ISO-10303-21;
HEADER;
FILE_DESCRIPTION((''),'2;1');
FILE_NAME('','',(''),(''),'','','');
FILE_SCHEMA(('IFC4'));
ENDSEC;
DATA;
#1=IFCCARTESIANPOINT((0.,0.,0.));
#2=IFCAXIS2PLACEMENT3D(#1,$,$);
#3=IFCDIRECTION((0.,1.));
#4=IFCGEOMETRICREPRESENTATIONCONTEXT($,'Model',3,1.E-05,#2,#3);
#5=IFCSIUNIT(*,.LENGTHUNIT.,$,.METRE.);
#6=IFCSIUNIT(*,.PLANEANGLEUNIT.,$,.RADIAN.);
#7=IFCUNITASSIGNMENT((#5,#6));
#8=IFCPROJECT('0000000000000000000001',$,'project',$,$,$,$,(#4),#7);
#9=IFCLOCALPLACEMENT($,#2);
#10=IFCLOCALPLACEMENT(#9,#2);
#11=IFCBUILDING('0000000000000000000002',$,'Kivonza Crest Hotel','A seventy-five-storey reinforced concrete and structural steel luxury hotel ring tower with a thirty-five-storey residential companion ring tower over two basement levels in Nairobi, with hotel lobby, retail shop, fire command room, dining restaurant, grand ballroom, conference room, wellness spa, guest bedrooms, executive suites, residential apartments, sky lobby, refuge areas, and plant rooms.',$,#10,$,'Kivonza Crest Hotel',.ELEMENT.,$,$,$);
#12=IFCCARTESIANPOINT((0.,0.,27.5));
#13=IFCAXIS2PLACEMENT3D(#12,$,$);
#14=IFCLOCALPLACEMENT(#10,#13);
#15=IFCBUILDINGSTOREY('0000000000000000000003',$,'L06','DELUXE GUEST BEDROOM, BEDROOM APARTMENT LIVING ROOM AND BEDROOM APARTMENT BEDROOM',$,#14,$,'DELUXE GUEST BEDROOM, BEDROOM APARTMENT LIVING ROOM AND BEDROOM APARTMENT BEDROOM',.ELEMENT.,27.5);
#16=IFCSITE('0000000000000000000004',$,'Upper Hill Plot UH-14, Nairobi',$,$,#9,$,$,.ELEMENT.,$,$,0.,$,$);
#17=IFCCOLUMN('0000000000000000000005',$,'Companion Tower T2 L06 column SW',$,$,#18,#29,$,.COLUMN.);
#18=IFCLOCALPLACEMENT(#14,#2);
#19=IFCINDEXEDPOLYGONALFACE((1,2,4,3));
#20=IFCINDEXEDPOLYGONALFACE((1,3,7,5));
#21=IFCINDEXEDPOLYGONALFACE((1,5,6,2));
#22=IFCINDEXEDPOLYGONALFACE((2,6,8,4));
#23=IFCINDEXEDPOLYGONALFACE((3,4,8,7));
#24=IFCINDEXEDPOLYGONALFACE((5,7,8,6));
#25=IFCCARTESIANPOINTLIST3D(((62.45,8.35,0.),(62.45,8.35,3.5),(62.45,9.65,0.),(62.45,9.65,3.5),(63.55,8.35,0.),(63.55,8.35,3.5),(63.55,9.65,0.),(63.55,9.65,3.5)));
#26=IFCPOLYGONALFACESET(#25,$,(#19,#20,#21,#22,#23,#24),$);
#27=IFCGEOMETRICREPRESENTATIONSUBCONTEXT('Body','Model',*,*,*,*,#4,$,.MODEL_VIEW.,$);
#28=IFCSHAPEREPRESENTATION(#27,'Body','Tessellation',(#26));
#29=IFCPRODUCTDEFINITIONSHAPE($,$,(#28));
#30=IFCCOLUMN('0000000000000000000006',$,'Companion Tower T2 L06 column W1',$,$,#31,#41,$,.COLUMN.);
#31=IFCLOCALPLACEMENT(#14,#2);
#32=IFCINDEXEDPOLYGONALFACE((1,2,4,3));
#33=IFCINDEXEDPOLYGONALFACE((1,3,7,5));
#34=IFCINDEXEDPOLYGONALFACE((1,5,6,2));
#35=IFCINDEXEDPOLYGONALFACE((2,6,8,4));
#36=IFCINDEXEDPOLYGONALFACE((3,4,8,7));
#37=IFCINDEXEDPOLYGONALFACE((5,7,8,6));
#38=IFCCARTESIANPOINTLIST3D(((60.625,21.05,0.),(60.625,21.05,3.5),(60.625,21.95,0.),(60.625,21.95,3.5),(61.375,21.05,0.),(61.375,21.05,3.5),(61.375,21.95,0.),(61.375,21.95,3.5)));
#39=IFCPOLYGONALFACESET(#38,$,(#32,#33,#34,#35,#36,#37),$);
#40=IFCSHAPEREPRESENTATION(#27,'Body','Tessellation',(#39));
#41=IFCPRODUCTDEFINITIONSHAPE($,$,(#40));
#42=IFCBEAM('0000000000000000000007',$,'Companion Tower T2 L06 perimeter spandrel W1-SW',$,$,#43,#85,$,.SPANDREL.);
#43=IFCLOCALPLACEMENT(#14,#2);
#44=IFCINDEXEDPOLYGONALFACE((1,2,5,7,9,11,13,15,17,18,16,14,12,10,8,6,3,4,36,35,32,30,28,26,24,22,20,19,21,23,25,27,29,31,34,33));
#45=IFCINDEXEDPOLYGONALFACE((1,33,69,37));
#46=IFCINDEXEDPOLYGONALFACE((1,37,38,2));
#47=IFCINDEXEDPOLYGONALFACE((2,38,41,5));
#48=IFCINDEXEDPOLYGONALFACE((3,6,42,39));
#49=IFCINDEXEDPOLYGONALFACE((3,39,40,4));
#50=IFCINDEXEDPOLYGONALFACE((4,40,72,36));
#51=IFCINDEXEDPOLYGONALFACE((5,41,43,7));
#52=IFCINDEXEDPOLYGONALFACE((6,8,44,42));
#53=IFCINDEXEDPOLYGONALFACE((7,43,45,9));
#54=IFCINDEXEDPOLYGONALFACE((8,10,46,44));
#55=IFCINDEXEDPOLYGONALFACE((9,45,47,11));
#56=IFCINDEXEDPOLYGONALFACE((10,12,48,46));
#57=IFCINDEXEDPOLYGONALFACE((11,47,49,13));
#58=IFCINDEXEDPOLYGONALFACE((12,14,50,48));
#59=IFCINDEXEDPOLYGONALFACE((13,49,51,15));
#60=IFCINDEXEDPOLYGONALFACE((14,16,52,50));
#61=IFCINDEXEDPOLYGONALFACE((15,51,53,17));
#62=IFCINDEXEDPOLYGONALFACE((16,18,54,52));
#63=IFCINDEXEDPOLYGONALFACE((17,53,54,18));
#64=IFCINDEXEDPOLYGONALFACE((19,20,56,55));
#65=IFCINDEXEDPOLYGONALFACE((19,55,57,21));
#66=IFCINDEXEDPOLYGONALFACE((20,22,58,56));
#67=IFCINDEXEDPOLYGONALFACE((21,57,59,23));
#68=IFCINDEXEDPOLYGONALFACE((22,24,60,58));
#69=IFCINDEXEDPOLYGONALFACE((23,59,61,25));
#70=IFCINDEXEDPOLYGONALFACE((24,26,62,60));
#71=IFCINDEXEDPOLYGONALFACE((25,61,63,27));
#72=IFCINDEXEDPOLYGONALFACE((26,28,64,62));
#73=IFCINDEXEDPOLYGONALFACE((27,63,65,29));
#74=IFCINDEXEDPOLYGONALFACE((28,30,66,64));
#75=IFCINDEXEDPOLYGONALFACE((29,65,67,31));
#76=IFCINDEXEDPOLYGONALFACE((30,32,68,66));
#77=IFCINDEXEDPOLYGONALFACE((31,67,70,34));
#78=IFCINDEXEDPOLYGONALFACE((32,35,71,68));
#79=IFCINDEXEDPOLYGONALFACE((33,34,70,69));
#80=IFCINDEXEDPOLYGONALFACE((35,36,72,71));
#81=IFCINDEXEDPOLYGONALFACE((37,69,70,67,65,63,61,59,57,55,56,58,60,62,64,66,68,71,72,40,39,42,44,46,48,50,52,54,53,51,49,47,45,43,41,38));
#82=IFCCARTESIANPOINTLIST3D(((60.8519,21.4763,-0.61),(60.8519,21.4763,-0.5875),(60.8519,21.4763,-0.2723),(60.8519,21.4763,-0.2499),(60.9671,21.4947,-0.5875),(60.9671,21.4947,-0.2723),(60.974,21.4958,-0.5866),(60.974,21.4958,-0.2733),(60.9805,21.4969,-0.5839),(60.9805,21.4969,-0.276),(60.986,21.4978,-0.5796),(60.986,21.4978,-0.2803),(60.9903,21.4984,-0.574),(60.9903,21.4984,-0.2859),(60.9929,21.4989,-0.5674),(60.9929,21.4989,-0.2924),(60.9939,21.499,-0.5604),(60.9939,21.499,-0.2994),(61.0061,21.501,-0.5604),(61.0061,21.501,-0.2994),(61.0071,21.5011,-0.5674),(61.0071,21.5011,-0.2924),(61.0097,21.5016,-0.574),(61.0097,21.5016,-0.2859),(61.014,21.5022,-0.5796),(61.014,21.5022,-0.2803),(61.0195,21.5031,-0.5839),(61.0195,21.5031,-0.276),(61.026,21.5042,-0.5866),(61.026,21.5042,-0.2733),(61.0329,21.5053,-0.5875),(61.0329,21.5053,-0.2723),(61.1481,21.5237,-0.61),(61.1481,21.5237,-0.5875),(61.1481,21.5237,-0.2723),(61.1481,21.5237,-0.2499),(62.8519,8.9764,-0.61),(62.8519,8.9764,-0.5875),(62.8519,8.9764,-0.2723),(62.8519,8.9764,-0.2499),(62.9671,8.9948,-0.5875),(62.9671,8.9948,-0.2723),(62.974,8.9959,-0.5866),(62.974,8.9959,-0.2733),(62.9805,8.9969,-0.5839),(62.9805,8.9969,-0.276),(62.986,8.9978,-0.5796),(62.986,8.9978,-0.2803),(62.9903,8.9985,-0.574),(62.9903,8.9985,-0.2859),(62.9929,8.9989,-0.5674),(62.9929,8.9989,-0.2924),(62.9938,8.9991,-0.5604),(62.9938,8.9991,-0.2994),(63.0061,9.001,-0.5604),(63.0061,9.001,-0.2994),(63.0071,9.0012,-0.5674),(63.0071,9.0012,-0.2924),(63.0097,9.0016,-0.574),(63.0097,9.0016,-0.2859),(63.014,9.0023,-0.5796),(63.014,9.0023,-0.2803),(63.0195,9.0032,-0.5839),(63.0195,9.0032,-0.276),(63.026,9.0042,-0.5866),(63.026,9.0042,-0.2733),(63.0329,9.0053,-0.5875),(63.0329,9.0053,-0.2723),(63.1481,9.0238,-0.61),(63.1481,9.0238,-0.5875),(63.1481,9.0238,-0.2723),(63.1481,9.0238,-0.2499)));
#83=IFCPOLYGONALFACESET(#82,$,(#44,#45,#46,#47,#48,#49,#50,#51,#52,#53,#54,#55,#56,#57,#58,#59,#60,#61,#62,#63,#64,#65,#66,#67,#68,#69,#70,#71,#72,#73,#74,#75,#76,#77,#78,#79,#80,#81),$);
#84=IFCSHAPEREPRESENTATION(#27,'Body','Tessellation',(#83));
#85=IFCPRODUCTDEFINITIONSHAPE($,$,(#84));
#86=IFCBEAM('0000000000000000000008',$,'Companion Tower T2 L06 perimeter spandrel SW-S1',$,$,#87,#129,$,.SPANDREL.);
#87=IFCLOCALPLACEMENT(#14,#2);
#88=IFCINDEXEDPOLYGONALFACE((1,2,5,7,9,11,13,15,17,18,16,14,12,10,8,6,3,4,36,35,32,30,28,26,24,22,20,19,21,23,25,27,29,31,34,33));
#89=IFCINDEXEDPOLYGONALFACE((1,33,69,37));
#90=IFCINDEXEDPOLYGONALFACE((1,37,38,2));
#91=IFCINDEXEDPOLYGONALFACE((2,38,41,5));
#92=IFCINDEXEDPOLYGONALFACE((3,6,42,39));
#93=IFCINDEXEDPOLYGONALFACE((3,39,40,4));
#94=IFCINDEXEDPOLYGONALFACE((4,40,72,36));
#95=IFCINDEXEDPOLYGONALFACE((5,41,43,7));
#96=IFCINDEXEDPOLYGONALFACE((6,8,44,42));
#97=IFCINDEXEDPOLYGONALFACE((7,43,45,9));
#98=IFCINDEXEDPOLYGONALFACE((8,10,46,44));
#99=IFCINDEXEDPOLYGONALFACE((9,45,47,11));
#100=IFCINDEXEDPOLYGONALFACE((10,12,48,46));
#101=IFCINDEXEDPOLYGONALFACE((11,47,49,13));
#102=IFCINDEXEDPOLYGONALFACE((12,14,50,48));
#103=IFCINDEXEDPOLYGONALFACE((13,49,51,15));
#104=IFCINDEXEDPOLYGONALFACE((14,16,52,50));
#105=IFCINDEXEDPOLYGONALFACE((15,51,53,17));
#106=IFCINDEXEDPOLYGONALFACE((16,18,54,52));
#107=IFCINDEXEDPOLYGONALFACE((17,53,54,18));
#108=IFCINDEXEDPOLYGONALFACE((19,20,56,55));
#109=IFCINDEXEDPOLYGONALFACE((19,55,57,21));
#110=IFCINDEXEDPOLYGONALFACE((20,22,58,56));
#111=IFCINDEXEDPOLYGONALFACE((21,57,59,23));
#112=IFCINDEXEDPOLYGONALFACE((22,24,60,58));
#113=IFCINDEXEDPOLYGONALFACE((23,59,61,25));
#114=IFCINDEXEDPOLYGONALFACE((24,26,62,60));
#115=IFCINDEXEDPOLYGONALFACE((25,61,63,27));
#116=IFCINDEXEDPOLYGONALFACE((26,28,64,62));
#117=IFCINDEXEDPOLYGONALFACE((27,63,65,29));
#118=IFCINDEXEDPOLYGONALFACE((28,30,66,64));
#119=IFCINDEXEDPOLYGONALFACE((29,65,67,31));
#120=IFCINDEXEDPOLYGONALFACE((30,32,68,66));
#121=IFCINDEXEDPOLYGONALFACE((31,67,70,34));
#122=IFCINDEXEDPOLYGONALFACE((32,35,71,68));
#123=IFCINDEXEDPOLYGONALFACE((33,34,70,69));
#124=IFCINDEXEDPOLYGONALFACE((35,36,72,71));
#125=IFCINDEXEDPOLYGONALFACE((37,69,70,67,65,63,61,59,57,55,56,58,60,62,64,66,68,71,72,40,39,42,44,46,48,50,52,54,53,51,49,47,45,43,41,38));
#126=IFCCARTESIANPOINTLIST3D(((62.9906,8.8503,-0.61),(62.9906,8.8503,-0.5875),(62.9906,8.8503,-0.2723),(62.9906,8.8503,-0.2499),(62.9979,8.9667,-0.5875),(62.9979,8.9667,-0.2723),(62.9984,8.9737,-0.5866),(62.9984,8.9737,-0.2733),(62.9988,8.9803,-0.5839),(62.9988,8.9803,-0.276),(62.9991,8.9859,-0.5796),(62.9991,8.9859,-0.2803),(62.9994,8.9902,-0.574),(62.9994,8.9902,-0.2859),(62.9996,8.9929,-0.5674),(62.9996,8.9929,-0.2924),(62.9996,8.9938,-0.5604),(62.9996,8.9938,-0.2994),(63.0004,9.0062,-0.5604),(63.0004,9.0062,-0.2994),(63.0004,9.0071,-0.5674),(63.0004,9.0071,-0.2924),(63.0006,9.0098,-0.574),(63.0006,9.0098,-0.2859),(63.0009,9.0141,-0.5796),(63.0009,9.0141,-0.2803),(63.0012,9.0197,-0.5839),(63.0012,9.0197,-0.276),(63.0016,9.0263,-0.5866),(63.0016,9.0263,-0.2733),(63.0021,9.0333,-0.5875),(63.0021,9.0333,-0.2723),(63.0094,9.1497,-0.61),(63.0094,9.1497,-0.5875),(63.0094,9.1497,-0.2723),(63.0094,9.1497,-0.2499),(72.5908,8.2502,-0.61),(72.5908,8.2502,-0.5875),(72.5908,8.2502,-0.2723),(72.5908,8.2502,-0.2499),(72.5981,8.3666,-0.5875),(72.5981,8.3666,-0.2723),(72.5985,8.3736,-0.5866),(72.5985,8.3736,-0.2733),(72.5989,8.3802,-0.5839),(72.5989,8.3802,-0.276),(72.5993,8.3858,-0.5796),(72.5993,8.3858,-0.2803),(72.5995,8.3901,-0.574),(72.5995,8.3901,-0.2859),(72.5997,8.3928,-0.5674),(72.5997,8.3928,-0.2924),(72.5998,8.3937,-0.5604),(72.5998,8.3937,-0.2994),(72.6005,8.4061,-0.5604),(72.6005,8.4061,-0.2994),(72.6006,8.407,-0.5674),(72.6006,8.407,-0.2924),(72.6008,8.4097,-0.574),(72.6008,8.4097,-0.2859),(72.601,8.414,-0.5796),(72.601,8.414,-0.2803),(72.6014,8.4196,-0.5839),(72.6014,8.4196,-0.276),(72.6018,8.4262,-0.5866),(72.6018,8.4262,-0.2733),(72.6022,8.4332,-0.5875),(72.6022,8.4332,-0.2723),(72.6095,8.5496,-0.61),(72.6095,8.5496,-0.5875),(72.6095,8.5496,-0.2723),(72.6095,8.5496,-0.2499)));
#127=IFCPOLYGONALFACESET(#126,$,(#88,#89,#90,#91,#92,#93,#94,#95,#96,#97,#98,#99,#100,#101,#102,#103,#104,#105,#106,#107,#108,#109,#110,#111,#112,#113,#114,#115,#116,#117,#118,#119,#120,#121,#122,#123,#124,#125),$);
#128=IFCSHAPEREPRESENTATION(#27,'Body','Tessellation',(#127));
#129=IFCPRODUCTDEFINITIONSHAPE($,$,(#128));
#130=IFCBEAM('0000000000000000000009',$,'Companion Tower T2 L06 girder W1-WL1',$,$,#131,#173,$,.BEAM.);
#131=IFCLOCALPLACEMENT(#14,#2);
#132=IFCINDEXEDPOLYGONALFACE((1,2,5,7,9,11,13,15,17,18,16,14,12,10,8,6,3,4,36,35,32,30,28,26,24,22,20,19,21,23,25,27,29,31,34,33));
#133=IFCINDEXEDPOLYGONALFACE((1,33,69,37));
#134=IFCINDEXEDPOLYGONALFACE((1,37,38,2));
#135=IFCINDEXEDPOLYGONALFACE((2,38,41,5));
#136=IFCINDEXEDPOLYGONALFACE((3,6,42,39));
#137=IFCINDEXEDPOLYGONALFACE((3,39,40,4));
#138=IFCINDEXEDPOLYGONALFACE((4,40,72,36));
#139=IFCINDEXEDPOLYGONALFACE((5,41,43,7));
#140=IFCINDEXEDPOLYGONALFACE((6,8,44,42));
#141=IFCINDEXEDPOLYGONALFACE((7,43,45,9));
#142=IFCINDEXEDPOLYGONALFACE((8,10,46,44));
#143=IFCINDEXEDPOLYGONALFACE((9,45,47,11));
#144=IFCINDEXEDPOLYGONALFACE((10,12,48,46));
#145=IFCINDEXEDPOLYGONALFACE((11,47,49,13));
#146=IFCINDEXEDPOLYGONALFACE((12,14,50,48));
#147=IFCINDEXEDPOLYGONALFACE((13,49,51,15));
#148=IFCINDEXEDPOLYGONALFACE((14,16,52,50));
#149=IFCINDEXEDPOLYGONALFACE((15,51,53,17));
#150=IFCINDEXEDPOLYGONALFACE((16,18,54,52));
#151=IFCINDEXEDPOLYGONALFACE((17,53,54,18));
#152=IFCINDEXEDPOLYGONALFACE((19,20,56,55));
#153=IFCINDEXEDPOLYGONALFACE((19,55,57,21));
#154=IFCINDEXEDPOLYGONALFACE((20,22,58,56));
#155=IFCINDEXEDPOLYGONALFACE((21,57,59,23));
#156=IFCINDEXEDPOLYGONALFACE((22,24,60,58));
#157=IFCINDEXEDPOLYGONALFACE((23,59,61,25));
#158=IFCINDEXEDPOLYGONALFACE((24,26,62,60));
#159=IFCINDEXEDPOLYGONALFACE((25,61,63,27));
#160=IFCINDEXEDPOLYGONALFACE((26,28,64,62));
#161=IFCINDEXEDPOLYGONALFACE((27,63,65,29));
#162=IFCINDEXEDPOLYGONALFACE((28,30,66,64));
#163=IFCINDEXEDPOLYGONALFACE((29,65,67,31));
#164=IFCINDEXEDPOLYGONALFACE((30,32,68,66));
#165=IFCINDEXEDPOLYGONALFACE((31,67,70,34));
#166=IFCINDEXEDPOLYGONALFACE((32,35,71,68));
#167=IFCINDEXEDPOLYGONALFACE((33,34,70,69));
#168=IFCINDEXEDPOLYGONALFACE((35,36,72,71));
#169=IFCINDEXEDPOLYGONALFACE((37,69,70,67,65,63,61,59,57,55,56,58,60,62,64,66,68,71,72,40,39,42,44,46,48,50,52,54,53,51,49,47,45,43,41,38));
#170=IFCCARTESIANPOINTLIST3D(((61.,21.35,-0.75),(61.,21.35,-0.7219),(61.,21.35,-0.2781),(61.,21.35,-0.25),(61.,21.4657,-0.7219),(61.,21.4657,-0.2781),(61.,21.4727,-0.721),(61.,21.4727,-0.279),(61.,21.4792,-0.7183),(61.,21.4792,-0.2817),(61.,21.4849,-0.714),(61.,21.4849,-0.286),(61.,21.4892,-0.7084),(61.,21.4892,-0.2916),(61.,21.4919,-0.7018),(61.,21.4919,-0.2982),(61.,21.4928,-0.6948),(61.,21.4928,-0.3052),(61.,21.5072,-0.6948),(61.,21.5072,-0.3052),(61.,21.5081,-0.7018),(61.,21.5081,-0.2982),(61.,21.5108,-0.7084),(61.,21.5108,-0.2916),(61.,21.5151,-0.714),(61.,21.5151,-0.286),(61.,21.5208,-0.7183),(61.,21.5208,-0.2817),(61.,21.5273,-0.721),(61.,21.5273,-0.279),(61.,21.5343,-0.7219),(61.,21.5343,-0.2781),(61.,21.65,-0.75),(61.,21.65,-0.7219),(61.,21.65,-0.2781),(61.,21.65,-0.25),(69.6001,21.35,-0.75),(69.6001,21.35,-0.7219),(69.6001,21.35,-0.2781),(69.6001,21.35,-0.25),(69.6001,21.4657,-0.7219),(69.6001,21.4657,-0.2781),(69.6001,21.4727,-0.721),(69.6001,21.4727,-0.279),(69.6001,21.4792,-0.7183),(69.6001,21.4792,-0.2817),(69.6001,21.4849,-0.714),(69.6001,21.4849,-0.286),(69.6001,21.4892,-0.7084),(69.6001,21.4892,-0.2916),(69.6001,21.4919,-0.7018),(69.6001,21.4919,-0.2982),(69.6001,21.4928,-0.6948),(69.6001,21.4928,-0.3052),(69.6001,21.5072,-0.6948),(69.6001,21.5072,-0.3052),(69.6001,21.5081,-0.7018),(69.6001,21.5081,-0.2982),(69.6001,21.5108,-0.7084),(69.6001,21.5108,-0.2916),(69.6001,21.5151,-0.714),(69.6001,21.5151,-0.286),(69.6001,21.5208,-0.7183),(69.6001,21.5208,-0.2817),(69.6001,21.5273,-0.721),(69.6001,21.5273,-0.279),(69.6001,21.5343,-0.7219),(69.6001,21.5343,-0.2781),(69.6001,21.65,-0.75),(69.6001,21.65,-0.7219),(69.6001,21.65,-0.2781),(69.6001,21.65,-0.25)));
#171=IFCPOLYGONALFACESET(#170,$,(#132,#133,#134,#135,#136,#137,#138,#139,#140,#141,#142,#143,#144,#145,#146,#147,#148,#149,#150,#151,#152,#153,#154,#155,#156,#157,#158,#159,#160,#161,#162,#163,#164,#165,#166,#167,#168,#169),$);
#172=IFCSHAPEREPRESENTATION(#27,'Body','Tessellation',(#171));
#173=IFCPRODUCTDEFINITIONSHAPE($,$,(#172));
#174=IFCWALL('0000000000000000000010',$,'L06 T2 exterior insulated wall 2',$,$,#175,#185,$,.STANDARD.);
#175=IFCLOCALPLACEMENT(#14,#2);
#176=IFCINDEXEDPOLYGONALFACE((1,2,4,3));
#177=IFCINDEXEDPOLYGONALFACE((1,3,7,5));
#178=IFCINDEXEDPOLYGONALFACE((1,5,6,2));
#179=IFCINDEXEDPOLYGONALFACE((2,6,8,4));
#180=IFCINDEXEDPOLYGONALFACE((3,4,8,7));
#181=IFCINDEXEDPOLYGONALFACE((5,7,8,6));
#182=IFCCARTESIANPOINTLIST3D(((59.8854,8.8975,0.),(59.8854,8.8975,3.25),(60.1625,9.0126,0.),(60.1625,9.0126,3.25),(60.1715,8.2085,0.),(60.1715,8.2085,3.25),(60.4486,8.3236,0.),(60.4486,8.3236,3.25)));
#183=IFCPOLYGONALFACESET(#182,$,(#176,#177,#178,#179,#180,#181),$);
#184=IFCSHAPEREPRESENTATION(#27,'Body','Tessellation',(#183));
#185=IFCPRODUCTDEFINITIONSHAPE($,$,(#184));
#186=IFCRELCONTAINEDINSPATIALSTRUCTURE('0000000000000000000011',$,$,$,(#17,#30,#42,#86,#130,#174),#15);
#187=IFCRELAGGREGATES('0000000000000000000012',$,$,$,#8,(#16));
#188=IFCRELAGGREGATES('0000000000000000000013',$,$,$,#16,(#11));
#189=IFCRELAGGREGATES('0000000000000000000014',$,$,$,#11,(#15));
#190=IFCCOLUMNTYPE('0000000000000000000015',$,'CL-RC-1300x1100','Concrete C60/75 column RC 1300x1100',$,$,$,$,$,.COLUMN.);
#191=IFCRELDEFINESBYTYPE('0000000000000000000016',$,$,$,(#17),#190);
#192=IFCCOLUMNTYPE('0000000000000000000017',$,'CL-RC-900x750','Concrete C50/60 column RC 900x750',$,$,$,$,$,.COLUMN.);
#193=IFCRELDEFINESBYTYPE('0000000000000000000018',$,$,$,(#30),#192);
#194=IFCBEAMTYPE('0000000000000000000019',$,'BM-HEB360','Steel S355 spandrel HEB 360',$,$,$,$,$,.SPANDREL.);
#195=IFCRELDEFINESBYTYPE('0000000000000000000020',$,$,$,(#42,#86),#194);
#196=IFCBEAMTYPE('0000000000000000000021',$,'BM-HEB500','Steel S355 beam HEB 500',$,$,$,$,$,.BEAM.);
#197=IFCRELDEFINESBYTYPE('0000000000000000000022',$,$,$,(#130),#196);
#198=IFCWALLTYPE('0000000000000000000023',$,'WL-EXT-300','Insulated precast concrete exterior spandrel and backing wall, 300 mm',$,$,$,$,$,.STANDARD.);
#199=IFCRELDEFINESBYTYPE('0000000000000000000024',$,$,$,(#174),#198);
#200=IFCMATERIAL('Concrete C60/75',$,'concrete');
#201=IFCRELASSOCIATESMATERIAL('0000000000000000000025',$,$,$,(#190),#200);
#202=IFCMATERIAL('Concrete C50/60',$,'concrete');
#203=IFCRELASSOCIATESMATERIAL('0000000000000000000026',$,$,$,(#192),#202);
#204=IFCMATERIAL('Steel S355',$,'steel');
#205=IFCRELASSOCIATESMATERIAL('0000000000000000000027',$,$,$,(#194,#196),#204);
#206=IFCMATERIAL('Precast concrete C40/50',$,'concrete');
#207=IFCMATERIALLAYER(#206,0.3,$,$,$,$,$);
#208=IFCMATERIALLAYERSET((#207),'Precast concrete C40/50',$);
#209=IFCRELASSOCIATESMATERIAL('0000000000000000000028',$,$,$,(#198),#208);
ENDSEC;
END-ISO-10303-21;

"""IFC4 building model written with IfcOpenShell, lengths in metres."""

from ifc_helpers import new_model, si_unit, direction, frame, frame_2d, origin, origin_2d, place, context, subcontext, project, spatial, rectangle, i_section, extrude, material, layer, layer_set, material_profile, profile_set, type_object, element, save


model = new_model("IFC4")

# Units and contexts
model_context = context("Model", 3, precision=1e-05, world=origin(), true_north=direction((0.0, 1.0)))
body_context = subcontext(model_context, "Body", "Model", "MODEL_VIEW")
ifc_project = project(units=[si_unit("LENGTHUNIT", "METRE"), si_unit("PLANEANGLEUNIT", "RADIAN")], contexts=[model_context])

# Site, building, storey
site_placement = place(None, origin())
site = spatial("IfcSite", under=ifc_project, at=site_placement, Name="Upper Hill Plot UH-14, Nairobi", CompositionType="ELEMENT", RefElevation=0.0)
building_placement = place(site_placement, origin())
building = spatial("IfcBuilding", under=site, at=building_placement, Name="Kivonza Crest Hotel", Description="A seventy-five-storey reinforced concrete and structural steel luxury hotel ring tower with a thirty-five-storey residential companion ring tower over two basement levels in Nairobi, with hotel lobby, retail shop, fire command room, dining restaurant, grand ballroom, conference room, wellness spa, guest bedrooms, executive suites, residential apartments, sky lobby, refuge areas, and plant rooms.", LongName="Kivonza Crest Hotel", CompositionType="ELEMENT")
storey_placement = place(building_placement, frame((0.0, 0.0, 27.5)))
storey = spatial("IfcBuildingStorey", under=building, at=storey_placement, Name="L06", Description="DELUXE GUEST BEDROOM, BEDROOM APARTMENT LIVING ROOM AND BEDROOM APARTMENT BEDROOM", LongName="DELUXE GUEST BEDROOM, BEDROOM APARTMENT LIVING ROOM AND BEDROOM APARTMENT BEDROOM", CompositionType="ELEMENT", Elevation=27.5)

# Columns
ifc_material_1 = material(Name="Concrete C60/75", Category="concrete")
ifc_material_profile_1 = material_profile(ifc_material_1, rectangle(XDim=1.1001, YDim=1.3, at=origin_2d()), Name="RC 1300x1100")
ifc_profile_set_1 = profile_set([ifc_material_profile_1], Name="Concrete C60/75")
column_type_1 = type_object("IfcColumnType", Name="CL-RC-1300x1100", Description="Concrete C60/75 column RC 1300x1100", PredefinedType="COLUMN", material=ifc_profile_set_1)
column_1_placement = place(storey_placement, frame((63.0, 9.0, 0.0), z_axis=(0.0, 0.0, 1.0), x_axis=(1.0, 0.0, 0.0)))
element("IfcColumn", 1, at=column_1_placement, inside=storey, type_object=column_type_1, Name="Companion Tower T2 L06 column SW", PredefinedType="COLUMN", context=body_context, shape_type="SweptSolid", body=[
    extrude(rectangle(XDim=1.1001, YDim=1.3, at=origin_2d()), origin(), (0.0, 0.0, 1.0), 3.5),
])
ifc_material_2 = material(Name="Concrete C50/60", Category="concrete")
ifc_material_profile_2 = material_profile(ifc_material_2, rectangle(XDim=0.75, YDim=0.8999, at=origin_2d()), Name="RC 900x750")
ifc_profile_set_2 = profile_set([ifc_material_profile_2], Name="Concrete C50/60")
column_type_2 = type_object("IfcColumnType", Name="CL-RC-900x750", Description="Concrete C50/60 column RC 900x750", PredefinedType="COLUMN", material=ifc_profile_set_2)
column_2_placement = place(storey_placement, frame((61.0, 21.5, 0.0), z_axis=(0.0, 0.0, 1.0), x_axis=(1.0, 0.0, 0.0)))
element("IfcColumn", 2, at=column_2_placement, inside=storey, type_object=column_type_2, Name="Companion Tower T2 L06 column W1", PredefinedType="COLUMN", context=body_context, shape_type="SweptSolid", body=[
    extrude(rectangle(XDim=0.75, YDim=0.8999, at=origin_2d()), origin(), (0.0, 0.0, 1.0), 3.5),
])

# Beams
ifc_material_3 = material(Name="Steel S355", Category="steel")
ifc_material_profile_3 = material_profile(ifc_material_3, i_section(OverallWidth=0.3, OverallDepth=0.3601, WebThickness=0.0125, FlangeThickness=0.0225, FilletRadius=0.0271, at=origin_2d()), Name="HEB 360")
ifc_profile_set_3 = profile_set([ifc_material_profile_3], Name="Steel S355")
beam_type_1 = type_object("IfcBeamType", Name="BM-HEB360", Description="Steel S355 spandrel HEB 360", PredefinedType="SPANDREL", material=ifc_profile_set_3)
beam_1_placement = place(storey_placement, frame((61.0, 21.5, -0.4299), z_axis=(0.157991, -0.987441, 0.0), x_axis=(0.987441, 0.157991, 0.0)))
element("IfcBeam", 3, at=beam_1_placement, inside=storey, type_object=beam_type_1, Name="Companion Tower T2 L06 perimeter spandrel W1-SW", PredefinedType="SPANDREL", context=body_context, shape_type="SweptSolid", body=[
    extrude(i_section(OverallWidth=0.3, OverallDepth=0.3601, WebThickness=0.0125, FlangeThickness=0.0225, FilletRadius=0.0271, at=origin_2d()), origin(), (0.0, 0.0, 1.0), 12.6589),
])
beam_2_placement = place(storey_placement, frame((63.0, 9.0, -0.4299), z_axis=(0.998052, -0.062388, 0.0), x_axis=(0.062388, 0.998052, 0.0)))
element("IfcBeam", 4, at=beam_2_placement, inside=storey, type_object=beam_type_1, Name="Companion Tower T2 L06 perimeter spandrel SW-S1", PredefinedType="SPANDREL", context=body_context, shape_type="SweptSolid", body=[
    extrude(i_section(OverallWidth=0.3, OverallDepth=0.3601, WebThickness=0.0125, FlangeThickness=0.0225, FilletRadius=0.0271, at=origin_2d()), origin(), (0.0, 0.0, 1.0), 9.6189),
])
ifc_material_profile_4 = material_profile(ifc_material_3, i_section(OverallWidth=0.3, OverallDepth=0.5, WebThickness=0.0144, FlangeThickness=0.0281, FilletRadius=0.0271, at=origin_2d()), Name="HEB 500")
ifc_profile_set_4 = profile_set([ifc_material_profile_4], Name="Steel S355")
beam_type_2 = type_object("IfcBeamType", Name="BM-HEB500", Description="Steel S355 beam HEB 500", PredefinedType="BEAM", material=ifc_profile_set_4)
beam_3_placement = place(storey_placement, frame((61.0, 21.5, -0.5), z_axis=(1.0, 0.0, 0.0), x_axis=(0.0, 1.0, 0.0)))
element("IfcBeam", 5, at=beam_3_placement, inside=storey, type_object=beam_type_2, Name="Companion Tower T2 L06 girder W1-WL1", PredefinedType="BEAM", context=body_context, shape_type="SweptSolid", body=[
    extrude(i_section(OverallWidth=0.3, OverallDepth=0.5, WebThickness=0.0144, FlangeThickness=0.0281, FilletRadius=0.0271, at=origin_2d()), origin(), (0.0, 0.0, 1.0), 8.6001),
])

# Wall
ifc_material_4 = material(Name="Precast concrete C40/50", Category="concrete")
ifc_layer_1 = layer(ifc_material_4, 0.3)
ifc_layer_set_1 = layer_set([ifc_layer_1], Name="Precast concrete C40/50")
wall_type_1 = type_object("IfcWallType", Name="WL-EXT-300", Description="Insulated precast concrete exterior spandrel and backing wall, 300 mm", PredefinedType="STANDARD", material=ifc_layer_set_1)
for number, where, z_axis, x_axis, name in (
    (6, (60.0239, 8.9551, 0.0), (0.0, 0.0, 1.0), (0.383546, -0.923522, 0.0), "L06 T2 exterior insulated wall 2"),
):
    element("IfcWall", number, at=place(storey_placement, frame(where, z_axis=z_axis, x_axis=x_axis)), inside=storey, type_object=wall_type_1, Name=name, PredefinedType="STANDARD", context=body_context, shape_type="SweptSolid", body=[
        extrude(rectangle(XDim=0.7461, YDim=0.3, at=frame_2d((0.373, 0.0))), origin(), (0.0, 0.0, 1.0), 3.25),
    ])

save(model, "model.ifc")
